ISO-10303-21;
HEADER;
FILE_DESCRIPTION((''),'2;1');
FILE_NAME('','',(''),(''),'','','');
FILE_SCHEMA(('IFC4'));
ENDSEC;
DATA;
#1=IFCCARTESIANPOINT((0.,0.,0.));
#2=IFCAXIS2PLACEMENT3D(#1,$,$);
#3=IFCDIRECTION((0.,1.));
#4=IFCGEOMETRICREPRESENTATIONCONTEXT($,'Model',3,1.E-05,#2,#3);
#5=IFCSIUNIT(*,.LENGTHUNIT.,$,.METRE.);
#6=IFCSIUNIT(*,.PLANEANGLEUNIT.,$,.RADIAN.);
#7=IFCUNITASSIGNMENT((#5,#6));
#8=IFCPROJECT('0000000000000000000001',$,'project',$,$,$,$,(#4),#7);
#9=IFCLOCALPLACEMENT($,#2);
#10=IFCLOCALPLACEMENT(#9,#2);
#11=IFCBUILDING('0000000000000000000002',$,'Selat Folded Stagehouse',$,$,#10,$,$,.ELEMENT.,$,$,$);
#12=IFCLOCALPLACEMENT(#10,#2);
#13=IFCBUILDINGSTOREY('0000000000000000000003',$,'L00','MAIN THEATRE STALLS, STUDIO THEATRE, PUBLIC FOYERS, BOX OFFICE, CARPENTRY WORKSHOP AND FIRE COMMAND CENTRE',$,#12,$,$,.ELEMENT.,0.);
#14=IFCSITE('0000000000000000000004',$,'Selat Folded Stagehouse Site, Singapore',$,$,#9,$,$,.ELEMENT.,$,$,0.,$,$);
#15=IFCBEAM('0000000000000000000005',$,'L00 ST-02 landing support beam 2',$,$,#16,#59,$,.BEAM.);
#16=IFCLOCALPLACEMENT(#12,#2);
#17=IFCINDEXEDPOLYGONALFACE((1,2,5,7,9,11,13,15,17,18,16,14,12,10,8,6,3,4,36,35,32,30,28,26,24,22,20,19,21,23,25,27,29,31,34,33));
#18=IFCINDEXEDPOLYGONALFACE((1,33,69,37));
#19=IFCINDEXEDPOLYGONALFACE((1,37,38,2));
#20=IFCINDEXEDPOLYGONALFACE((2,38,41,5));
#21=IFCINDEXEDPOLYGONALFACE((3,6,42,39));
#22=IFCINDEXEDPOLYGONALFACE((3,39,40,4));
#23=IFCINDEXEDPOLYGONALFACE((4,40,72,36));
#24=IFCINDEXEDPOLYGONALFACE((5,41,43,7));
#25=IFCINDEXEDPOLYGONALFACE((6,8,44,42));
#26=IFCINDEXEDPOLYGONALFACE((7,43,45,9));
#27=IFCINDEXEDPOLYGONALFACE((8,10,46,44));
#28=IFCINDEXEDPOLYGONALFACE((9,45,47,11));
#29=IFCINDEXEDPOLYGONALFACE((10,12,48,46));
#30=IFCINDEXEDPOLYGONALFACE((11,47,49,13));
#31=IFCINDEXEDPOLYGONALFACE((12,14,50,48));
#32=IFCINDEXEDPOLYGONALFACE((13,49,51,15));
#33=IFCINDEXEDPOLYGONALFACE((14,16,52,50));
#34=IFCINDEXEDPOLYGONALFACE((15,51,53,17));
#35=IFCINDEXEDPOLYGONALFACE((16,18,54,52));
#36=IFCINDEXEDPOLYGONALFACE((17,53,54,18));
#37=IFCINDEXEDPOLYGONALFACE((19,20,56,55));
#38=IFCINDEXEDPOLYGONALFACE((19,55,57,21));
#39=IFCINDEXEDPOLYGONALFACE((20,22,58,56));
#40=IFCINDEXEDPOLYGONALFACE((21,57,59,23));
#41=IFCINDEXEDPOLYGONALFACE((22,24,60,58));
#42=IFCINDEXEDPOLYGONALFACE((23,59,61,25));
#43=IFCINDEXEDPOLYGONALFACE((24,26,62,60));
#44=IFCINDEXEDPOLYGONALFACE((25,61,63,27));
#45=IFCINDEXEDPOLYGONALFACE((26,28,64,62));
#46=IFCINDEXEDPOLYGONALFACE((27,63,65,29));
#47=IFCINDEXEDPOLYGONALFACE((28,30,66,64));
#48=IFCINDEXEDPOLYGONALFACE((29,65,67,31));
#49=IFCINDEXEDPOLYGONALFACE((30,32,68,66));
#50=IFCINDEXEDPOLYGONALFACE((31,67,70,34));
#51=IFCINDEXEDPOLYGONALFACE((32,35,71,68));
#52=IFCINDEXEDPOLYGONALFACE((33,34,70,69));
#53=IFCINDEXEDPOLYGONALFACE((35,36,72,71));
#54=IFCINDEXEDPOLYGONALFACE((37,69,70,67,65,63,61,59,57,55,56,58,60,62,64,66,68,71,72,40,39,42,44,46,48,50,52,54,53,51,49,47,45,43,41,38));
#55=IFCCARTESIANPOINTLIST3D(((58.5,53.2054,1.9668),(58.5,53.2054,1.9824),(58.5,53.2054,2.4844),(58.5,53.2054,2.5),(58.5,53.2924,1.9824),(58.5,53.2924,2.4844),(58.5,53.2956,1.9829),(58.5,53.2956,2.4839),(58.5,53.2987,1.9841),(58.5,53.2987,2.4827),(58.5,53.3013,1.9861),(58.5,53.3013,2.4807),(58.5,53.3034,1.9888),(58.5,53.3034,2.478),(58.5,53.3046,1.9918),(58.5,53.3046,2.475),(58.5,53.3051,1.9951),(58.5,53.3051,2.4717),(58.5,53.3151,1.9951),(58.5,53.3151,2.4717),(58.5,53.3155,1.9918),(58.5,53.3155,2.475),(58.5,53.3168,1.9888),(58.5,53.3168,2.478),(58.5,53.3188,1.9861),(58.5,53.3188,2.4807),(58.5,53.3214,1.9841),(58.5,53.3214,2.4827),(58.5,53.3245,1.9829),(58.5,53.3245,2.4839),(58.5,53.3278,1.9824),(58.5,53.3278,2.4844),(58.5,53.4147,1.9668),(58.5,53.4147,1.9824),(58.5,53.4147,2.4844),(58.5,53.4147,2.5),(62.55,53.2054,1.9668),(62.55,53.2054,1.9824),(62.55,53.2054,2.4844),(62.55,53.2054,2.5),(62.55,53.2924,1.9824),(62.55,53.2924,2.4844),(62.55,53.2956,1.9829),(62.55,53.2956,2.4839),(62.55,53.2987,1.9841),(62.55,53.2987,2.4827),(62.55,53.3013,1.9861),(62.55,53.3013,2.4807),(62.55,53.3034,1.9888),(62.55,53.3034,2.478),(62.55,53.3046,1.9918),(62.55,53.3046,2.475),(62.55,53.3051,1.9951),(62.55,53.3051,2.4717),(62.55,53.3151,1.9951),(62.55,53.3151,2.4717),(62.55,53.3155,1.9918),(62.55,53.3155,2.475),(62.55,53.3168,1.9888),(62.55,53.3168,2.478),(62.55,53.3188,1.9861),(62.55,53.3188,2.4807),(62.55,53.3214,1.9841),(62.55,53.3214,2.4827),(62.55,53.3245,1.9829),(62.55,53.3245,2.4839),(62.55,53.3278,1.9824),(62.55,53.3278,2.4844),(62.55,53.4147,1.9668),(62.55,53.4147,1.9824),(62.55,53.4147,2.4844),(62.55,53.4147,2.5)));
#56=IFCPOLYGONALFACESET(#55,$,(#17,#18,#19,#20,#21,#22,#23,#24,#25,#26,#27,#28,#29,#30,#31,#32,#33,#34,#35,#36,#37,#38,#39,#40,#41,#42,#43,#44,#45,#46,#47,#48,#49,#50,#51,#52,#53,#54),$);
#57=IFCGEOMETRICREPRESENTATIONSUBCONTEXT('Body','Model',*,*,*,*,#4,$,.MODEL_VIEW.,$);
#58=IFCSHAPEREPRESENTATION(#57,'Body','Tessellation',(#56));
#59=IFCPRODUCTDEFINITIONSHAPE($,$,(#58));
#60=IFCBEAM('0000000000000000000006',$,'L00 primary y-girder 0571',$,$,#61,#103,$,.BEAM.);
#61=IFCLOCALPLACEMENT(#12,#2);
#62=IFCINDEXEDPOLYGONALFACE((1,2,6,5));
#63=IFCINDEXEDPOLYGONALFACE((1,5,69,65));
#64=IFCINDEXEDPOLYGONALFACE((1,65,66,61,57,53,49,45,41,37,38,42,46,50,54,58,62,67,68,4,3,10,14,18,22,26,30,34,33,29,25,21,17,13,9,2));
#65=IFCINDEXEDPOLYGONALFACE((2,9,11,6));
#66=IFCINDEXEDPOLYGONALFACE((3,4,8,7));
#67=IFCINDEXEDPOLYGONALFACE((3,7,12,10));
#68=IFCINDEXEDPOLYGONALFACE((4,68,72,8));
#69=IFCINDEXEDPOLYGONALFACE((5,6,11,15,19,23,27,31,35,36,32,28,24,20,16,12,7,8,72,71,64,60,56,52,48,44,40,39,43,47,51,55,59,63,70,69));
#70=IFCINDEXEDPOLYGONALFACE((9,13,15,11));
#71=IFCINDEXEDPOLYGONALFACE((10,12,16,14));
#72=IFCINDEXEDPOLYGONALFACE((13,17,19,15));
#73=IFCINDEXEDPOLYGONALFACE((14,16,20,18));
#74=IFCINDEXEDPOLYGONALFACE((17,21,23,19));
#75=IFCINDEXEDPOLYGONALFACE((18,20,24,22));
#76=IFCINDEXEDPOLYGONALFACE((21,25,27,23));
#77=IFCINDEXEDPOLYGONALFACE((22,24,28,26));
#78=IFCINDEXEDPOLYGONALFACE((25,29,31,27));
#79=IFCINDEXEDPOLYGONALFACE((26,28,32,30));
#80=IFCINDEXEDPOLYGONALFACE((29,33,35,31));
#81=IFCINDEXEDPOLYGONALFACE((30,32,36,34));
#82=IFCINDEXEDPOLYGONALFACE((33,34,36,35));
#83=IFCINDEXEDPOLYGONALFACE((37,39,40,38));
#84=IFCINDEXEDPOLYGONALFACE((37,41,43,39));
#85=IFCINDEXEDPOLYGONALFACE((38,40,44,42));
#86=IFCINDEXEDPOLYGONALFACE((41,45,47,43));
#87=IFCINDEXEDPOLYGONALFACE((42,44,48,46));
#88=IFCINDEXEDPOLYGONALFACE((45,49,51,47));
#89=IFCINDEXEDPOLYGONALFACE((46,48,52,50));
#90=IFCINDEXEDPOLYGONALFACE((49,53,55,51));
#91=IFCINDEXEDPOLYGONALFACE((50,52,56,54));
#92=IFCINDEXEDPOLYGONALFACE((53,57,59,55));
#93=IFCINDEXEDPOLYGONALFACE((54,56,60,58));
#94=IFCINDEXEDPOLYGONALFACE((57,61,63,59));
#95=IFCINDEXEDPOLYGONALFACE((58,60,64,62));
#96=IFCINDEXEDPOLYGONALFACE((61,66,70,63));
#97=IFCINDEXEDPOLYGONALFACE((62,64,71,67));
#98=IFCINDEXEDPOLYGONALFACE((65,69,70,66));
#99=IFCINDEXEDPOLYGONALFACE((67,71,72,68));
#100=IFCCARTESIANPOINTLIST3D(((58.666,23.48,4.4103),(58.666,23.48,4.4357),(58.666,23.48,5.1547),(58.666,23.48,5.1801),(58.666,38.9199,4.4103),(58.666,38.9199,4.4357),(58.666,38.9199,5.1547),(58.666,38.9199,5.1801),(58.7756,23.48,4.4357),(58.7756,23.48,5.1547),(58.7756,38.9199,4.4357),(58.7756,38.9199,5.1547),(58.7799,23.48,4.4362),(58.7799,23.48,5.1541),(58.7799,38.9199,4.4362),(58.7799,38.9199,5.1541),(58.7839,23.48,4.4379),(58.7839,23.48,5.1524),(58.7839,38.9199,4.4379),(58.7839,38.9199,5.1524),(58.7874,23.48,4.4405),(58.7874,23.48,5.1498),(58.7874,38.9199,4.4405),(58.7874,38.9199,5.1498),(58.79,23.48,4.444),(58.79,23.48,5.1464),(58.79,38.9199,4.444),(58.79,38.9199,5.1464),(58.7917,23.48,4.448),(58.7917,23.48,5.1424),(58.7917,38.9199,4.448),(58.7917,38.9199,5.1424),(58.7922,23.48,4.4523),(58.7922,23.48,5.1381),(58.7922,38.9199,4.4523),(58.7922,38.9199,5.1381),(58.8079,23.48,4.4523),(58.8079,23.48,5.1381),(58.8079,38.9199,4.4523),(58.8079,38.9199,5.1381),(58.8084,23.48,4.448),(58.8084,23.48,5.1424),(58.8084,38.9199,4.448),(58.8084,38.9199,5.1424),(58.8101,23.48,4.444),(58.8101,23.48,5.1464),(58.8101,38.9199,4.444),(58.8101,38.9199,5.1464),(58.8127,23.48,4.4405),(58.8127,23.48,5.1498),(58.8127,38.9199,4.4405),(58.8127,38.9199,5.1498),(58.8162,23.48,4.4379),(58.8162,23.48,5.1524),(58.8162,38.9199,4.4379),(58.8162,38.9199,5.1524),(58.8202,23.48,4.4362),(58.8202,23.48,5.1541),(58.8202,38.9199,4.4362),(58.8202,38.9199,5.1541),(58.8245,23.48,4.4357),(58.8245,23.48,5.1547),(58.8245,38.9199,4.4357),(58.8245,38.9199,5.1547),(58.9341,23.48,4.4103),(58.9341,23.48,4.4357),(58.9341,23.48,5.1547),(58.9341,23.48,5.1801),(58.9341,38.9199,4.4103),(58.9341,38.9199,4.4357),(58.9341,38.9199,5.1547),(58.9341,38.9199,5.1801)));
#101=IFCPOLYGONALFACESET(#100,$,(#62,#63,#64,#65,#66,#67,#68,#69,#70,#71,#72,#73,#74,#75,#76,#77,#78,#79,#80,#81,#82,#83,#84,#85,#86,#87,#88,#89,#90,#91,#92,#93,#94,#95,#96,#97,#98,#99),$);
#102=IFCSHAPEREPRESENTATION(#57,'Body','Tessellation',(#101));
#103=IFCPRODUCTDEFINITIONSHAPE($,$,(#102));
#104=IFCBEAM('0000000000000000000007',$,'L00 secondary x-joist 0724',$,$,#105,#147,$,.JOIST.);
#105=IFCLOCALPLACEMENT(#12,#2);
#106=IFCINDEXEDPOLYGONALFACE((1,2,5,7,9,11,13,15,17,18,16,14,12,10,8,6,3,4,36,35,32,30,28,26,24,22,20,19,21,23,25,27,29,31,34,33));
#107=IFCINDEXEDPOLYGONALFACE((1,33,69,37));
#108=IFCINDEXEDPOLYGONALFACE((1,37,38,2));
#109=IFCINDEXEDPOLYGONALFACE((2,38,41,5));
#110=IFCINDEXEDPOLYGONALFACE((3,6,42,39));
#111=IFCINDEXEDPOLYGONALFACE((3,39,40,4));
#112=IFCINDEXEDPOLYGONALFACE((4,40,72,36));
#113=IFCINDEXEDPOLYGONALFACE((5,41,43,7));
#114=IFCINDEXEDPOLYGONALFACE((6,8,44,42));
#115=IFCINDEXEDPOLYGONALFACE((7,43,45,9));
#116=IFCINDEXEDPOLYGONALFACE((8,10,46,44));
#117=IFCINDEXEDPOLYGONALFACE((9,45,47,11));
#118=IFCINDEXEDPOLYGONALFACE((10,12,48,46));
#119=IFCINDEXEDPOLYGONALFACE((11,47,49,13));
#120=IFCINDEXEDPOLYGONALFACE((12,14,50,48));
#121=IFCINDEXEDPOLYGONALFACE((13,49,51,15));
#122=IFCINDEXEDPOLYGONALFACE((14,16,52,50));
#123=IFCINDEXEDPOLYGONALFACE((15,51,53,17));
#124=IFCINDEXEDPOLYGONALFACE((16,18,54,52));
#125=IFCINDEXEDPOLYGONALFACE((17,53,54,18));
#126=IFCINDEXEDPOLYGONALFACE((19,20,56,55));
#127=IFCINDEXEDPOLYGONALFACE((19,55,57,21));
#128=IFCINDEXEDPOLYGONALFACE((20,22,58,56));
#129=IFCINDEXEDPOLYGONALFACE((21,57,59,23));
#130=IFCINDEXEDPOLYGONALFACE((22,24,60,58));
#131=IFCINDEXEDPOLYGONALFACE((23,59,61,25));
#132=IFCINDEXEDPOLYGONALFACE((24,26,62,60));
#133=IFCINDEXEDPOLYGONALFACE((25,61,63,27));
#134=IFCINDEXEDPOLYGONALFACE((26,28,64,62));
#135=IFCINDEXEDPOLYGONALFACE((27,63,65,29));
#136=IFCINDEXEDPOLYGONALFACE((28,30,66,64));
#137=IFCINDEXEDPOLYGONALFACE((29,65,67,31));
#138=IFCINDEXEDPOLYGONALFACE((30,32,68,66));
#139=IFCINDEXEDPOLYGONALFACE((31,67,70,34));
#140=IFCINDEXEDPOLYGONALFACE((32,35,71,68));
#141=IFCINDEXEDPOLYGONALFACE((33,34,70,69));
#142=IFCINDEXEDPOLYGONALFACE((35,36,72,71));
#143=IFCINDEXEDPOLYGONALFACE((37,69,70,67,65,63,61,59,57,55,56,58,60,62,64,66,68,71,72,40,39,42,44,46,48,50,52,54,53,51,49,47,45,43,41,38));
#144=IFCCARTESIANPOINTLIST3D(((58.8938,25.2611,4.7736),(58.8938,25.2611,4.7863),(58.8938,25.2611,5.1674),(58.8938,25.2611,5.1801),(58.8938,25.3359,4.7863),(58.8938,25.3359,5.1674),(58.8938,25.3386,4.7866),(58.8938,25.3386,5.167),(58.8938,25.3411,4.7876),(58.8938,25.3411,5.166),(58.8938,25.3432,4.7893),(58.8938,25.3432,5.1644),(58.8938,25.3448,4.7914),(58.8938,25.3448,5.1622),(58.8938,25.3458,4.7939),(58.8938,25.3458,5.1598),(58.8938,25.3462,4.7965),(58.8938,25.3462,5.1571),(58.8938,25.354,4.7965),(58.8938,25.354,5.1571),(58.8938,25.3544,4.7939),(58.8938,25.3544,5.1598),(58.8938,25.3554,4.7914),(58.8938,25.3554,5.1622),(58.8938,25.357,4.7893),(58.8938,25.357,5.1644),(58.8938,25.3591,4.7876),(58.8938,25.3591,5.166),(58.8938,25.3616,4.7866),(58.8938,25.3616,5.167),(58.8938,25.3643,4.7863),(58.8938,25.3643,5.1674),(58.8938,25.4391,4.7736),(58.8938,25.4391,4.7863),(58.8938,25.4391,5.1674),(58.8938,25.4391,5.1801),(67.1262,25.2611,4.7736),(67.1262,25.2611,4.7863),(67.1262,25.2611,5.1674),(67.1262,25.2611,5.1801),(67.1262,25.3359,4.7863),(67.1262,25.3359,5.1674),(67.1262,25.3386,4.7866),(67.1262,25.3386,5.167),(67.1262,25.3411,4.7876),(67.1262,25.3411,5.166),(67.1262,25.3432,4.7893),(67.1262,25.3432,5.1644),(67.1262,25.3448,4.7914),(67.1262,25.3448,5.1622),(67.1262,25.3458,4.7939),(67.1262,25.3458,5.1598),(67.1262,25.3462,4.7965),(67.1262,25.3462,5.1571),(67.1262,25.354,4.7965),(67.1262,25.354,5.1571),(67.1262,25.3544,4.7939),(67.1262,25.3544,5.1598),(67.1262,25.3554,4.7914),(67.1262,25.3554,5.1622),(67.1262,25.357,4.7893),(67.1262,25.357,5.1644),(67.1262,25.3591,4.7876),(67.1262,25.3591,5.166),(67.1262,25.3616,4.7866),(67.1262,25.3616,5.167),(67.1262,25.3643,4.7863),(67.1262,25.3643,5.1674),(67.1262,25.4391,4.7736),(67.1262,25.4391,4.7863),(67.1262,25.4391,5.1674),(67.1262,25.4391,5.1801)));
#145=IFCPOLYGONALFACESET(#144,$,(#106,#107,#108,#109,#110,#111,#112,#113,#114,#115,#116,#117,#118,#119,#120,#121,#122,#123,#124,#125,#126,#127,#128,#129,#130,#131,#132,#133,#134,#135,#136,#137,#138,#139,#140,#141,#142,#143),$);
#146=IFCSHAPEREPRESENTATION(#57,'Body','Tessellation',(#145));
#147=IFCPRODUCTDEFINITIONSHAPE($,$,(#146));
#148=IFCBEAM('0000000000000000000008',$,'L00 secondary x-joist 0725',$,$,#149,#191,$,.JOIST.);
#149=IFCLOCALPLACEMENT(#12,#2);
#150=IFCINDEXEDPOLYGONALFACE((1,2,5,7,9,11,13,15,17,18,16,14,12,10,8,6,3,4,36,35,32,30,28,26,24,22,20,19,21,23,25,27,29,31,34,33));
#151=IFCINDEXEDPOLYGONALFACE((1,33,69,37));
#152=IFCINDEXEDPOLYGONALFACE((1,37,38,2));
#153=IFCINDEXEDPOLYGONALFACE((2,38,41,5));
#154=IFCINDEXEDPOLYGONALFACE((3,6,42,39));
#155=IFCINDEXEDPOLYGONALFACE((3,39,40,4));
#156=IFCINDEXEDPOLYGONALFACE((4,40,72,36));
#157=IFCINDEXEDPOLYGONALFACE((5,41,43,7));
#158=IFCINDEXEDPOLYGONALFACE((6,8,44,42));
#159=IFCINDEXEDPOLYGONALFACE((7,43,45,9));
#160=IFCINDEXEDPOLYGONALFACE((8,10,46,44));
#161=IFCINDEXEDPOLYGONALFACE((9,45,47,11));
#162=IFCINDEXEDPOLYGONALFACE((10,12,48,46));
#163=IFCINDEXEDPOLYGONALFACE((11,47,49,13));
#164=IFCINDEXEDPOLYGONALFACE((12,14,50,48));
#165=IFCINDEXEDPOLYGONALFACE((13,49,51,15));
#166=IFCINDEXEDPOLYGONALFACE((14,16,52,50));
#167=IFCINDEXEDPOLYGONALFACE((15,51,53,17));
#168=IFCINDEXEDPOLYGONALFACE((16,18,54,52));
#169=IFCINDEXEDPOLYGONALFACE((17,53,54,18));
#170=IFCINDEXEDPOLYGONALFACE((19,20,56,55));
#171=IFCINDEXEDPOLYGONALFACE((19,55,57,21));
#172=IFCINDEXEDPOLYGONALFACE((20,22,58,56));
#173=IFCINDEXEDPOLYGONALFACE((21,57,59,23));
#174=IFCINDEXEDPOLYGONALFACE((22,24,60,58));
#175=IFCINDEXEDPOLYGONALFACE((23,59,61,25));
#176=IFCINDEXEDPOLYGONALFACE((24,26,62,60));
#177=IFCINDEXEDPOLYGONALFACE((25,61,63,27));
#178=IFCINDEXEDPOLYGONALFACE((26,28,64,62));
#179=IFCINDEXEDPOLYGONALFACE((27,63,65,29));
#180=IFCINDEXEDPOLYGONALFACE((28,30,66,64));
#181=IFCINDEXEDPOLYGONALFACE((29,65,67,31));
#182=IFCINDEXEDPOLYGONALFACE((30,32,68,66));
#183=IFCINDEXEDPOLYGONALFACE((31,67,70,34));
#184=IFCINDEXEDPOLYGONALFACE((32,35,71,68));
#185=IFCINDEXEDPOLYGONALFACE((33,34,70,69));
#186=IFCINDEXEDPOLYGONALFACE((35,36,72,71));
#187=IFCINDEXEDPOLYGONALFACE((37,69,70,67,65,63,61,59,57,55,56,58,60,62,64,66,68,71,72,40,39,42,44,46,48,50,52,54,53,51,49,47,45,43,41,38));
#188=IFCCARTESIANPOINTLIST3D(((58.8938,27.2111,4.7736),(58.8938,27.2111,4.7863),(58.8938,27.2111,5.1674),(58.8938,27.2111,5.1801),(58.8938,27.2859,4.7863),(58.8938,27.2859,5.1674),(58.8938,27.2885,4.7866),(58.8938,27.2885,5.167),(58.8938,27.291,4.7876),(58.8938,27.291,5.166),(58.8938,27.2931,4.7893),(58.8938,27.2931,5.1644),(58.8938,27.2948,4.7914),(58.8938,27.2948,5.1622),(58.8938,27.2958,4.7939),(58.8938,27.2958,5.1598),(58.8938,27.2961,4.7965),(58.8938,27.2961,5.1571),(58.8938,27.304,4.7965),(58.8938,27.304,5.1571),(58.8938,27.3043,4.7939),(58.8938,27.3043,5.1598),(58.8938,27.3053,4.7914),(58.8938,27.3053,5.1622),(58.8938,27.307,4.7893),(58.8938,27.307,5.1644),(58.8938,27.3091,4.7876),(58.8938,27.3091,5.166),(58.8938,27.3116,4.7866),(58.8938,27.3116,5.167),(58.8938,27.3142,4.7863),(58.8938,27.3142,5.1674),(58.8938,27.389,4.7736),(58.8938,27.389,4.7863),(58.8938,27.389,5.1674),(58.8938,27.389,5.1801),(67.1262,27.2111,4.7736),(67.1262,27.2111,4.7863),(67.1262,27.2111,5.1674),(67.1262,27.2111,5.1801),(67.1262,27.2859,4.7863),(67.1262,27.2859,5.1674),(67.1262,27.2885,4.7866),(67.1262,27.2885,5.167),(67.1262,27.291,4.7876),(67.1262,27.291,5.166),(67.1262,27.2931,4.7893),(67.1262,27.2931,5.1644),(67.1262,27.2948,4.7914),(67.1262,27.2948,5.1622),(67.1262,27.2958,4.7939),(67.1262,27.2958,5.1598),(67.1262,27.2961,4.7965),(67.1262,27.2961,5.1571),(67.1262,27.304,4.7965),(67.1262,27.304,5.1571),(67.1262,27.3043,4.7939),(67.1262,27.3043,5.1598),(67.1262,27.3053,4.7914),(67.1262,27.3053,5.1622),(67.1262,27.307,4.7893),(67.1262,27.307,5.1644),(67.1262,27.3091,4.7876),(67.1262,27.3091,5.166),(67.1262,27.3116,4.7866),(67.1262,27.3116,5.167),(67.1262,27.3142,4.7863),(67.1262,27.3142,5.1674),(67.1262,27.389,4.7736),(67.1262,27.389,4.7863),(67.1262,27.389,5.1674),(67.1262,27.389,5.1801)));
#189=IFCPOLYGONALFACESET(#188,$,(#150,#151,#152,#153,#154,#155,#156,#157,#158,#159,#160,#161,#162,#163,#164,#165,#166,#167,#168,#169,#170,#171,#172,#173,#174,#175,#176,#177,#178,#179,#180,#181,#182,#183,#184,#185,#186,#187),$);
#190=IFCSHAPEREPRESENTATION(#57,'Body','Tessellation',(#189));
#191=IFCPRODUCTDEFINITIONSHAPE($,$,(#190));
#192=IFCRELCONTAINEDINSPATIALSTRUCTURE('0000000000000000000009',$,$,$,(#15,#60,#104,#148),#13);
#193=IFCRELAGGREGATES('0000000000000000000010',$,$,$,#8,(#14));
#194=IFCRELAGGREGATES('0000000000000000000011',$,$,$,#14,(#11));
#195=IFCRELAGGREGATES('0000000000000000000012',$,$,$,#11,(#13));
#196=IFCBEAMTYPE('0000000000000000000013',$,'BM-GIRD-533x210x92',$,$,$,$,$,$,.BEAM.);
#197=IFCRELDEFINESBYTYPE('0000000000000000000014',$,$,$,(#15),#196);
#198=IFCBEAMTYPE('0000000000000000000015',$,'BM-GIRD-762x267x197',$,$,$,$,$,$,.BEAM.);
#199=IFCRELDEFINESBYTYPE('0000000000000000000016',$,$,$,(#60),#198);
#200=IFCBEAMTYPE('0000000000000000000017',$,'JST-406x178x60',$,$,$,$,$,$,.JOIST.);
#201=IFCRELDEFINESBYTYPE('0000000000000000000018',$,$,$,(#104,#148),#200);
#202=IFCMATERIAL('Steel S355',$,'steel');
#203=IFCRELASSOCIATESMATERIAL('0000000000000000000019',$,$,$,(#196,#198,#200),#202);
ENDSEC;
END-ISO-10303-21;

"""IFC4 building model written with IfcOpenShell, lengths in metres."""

from ifc_helpers import new_model, si_unit, direction, frame, origin, origin_2d, place, context, subcontext, project, spatial, i_section, extrude, material, material_profile, profile_set, type_object, element, save


model = new_model("IFC4")

# Units and contexts
model_context = context("Model", 3, precision=1e-05, world=origin(), true_north=direction((0.0, 1.0)))
body_context = subcontext(model_context, "Body", "Model", "MODEL_VIEW")
ifc_project = project(units=[si_unit("LENGTHUNIT", "METRE"), si_unit("PLANEANGLEUNIT", "RADIAN")], contexts=[model_context])

# Site, building, storey
site_placement = place(None, origin())
site = spatial("IfcSite", under=ifc_project, at=site_placement, Name="Selat Folded Stagehouse Site, Singapore", CompositionType="ELEMENT", RefElevation=0.0)
building_placement = place(site_placement, origin())
building = spatial("IfcBuilding", under=site, at=building_placement, Name="Selat Folded Stagehouse", CompositionType="ELEMENT")
storey_placement = place(building_placement, origin())
storey = spatial("IfcBuildingStorey", under=building, at=storey_placement, Name="L00", Description="MAIN THEATRE STALLS, STUDIO THEATRE, PUBLIC FOYERS, BOX OFFICE, CARPENTRY WORKSHOP AND FIRE COMMAND CENTRE", CompositionType="ELEMENT", Elevation=0.0)

# Shared definitions
ifc_material_1 = material(Name="Steel S355", Category="steel")

# Beams
ifc_material_profile_1 = material_profile(ifc_material_1, i_section(OverallWidth=0.2092, OverallDepth=0.5332, WebThickness=0.01, FlangeThickness=0.0156, FilletRadius=0.0127, at=origin_2d()), Name="UKB 533x210x92")
ifc_profile_set_1 = profile_set([ifc_material_profile_1], Name="Steel S355")
beam_type_1 = type_object("IfcBeamType", Name="BM-GIRD-533x210x92", PredefinedType="BEAM", material=ifc_profile_set_1)
for number, where, z_axis, x_axis, name in (
    (1, (58.5, 53.3101, 2.2334), (1.0, 0.0, 0.0), (0.0, 1.0, 0.0), "L00 ST-02 landing support beam 2"),
):
    element("IfcBeam", number, at=place(storey_placement, frame(where, z_axis=z_axis, x_axis=x_axis)), inside=storey, type_object=beam_type_1, Name=name, PredefinedType="BEAM", context=body_context, shape_type="SweptSolid", body=[
        extrude(i_section(OverallWidth=0.2092, OverallDepth=0.5332, WebThickness=0.01, FlangeThickness=0.0156, FilletRadius=0.0127, at=origin_2d()), origin(), (0.0, 0.0, 1.0), 4.05),
    ])
ifc_material_profile_2 = material_profile(ifc_material_1, i_section(OverallWidth=0.2681, OverallDepth=0.7698, WebThickness=0.0156, FlangeThickness=0.0254, FilletRadius=0.0166, at=origin_2d()), Name="UKB 762x267x197")
ifc_profile_set_2 = profile_set([ifc_material_profile_2], Name="Steel S355")
beam_type_2 = type_object("IfcBeamType", Name="BM-GIRD-762x267x197", PredefinedType="BEAM", material=ifc_profile_set_2)
beam_1_placement = place(storey_placement, frame((58.8, 23.48, 4.7952), z_axis=(0.0, 1.0, 0.0), x_axis=(-1.0, 0.0, 0.0)))
element("IfcBeam", 2, at=beam_1_placement, inside=storey, type_object=beam_type_2, Name="L00 primary y-girder 0571", PredefinedType="BEAM", context=body_context, shape_type="SweptSolid", body=[
    extrude(i_section(OverallWidth=0.2681, OverallDepth=0.7698, WebThickness=0.0156, FlangeThickness=0.0254, FilletRadius=0.0166, at=origin_2d()), origin(), (0.0, 0.0, 1.0), 15.4399),
])
ifc_material_profile_3 = material_profile(ifc_material_1, i_section(OverallWidth=0.178, OverallDepth=0.4065, WebThickness=0.0078, FlangeThickness=0.0127, FilletRadius=0.0103, at=origin_2d()), Name="UKB 406x178x60")
ifc_profile_set_3 = profile_set([ifc_material_profile_3], Name="Steel S355")
beam_type_3 = type_object("IfcBeamType", Name="JST-406x178x60", PredefinedType="JOIST", material=ifc_profile_set_3)
for number, where, z_axis, x_axis, name in (
    (3, (58.8938, 25.3501, 4.9768), (1.0, 0.0, 0.0), (0.0, 1.0, 0.0), "L00 secondary x-joist 0724"),
    (4, (58.8938, 27.3, 4.9768), (1.0, 0.0, 0.0), (0.0, 1.0, 0.0), "L00 secondary x-joist 0725"),
):
    element("IfcBeam", number, at=place(storey_placement, frame(where, z_axis=z_axis, x_axis=x_axis)), inside=storey, type_object=beam_type_3, Name=name, PredefinedType="JOIST", context=body_context, shape_type="SweptSolid", body=[
        extrude(i_section(OverallWidth=0.178, OverallDepth=0.4065, WebThickness=0.0078, FlangeThickness=0.0127, FilletRadius=0.0103, at=origin_2d()), origin(), (0.0, 0.0, 1.0), 8.2324),
    ])

save(model, "model.ifc")
